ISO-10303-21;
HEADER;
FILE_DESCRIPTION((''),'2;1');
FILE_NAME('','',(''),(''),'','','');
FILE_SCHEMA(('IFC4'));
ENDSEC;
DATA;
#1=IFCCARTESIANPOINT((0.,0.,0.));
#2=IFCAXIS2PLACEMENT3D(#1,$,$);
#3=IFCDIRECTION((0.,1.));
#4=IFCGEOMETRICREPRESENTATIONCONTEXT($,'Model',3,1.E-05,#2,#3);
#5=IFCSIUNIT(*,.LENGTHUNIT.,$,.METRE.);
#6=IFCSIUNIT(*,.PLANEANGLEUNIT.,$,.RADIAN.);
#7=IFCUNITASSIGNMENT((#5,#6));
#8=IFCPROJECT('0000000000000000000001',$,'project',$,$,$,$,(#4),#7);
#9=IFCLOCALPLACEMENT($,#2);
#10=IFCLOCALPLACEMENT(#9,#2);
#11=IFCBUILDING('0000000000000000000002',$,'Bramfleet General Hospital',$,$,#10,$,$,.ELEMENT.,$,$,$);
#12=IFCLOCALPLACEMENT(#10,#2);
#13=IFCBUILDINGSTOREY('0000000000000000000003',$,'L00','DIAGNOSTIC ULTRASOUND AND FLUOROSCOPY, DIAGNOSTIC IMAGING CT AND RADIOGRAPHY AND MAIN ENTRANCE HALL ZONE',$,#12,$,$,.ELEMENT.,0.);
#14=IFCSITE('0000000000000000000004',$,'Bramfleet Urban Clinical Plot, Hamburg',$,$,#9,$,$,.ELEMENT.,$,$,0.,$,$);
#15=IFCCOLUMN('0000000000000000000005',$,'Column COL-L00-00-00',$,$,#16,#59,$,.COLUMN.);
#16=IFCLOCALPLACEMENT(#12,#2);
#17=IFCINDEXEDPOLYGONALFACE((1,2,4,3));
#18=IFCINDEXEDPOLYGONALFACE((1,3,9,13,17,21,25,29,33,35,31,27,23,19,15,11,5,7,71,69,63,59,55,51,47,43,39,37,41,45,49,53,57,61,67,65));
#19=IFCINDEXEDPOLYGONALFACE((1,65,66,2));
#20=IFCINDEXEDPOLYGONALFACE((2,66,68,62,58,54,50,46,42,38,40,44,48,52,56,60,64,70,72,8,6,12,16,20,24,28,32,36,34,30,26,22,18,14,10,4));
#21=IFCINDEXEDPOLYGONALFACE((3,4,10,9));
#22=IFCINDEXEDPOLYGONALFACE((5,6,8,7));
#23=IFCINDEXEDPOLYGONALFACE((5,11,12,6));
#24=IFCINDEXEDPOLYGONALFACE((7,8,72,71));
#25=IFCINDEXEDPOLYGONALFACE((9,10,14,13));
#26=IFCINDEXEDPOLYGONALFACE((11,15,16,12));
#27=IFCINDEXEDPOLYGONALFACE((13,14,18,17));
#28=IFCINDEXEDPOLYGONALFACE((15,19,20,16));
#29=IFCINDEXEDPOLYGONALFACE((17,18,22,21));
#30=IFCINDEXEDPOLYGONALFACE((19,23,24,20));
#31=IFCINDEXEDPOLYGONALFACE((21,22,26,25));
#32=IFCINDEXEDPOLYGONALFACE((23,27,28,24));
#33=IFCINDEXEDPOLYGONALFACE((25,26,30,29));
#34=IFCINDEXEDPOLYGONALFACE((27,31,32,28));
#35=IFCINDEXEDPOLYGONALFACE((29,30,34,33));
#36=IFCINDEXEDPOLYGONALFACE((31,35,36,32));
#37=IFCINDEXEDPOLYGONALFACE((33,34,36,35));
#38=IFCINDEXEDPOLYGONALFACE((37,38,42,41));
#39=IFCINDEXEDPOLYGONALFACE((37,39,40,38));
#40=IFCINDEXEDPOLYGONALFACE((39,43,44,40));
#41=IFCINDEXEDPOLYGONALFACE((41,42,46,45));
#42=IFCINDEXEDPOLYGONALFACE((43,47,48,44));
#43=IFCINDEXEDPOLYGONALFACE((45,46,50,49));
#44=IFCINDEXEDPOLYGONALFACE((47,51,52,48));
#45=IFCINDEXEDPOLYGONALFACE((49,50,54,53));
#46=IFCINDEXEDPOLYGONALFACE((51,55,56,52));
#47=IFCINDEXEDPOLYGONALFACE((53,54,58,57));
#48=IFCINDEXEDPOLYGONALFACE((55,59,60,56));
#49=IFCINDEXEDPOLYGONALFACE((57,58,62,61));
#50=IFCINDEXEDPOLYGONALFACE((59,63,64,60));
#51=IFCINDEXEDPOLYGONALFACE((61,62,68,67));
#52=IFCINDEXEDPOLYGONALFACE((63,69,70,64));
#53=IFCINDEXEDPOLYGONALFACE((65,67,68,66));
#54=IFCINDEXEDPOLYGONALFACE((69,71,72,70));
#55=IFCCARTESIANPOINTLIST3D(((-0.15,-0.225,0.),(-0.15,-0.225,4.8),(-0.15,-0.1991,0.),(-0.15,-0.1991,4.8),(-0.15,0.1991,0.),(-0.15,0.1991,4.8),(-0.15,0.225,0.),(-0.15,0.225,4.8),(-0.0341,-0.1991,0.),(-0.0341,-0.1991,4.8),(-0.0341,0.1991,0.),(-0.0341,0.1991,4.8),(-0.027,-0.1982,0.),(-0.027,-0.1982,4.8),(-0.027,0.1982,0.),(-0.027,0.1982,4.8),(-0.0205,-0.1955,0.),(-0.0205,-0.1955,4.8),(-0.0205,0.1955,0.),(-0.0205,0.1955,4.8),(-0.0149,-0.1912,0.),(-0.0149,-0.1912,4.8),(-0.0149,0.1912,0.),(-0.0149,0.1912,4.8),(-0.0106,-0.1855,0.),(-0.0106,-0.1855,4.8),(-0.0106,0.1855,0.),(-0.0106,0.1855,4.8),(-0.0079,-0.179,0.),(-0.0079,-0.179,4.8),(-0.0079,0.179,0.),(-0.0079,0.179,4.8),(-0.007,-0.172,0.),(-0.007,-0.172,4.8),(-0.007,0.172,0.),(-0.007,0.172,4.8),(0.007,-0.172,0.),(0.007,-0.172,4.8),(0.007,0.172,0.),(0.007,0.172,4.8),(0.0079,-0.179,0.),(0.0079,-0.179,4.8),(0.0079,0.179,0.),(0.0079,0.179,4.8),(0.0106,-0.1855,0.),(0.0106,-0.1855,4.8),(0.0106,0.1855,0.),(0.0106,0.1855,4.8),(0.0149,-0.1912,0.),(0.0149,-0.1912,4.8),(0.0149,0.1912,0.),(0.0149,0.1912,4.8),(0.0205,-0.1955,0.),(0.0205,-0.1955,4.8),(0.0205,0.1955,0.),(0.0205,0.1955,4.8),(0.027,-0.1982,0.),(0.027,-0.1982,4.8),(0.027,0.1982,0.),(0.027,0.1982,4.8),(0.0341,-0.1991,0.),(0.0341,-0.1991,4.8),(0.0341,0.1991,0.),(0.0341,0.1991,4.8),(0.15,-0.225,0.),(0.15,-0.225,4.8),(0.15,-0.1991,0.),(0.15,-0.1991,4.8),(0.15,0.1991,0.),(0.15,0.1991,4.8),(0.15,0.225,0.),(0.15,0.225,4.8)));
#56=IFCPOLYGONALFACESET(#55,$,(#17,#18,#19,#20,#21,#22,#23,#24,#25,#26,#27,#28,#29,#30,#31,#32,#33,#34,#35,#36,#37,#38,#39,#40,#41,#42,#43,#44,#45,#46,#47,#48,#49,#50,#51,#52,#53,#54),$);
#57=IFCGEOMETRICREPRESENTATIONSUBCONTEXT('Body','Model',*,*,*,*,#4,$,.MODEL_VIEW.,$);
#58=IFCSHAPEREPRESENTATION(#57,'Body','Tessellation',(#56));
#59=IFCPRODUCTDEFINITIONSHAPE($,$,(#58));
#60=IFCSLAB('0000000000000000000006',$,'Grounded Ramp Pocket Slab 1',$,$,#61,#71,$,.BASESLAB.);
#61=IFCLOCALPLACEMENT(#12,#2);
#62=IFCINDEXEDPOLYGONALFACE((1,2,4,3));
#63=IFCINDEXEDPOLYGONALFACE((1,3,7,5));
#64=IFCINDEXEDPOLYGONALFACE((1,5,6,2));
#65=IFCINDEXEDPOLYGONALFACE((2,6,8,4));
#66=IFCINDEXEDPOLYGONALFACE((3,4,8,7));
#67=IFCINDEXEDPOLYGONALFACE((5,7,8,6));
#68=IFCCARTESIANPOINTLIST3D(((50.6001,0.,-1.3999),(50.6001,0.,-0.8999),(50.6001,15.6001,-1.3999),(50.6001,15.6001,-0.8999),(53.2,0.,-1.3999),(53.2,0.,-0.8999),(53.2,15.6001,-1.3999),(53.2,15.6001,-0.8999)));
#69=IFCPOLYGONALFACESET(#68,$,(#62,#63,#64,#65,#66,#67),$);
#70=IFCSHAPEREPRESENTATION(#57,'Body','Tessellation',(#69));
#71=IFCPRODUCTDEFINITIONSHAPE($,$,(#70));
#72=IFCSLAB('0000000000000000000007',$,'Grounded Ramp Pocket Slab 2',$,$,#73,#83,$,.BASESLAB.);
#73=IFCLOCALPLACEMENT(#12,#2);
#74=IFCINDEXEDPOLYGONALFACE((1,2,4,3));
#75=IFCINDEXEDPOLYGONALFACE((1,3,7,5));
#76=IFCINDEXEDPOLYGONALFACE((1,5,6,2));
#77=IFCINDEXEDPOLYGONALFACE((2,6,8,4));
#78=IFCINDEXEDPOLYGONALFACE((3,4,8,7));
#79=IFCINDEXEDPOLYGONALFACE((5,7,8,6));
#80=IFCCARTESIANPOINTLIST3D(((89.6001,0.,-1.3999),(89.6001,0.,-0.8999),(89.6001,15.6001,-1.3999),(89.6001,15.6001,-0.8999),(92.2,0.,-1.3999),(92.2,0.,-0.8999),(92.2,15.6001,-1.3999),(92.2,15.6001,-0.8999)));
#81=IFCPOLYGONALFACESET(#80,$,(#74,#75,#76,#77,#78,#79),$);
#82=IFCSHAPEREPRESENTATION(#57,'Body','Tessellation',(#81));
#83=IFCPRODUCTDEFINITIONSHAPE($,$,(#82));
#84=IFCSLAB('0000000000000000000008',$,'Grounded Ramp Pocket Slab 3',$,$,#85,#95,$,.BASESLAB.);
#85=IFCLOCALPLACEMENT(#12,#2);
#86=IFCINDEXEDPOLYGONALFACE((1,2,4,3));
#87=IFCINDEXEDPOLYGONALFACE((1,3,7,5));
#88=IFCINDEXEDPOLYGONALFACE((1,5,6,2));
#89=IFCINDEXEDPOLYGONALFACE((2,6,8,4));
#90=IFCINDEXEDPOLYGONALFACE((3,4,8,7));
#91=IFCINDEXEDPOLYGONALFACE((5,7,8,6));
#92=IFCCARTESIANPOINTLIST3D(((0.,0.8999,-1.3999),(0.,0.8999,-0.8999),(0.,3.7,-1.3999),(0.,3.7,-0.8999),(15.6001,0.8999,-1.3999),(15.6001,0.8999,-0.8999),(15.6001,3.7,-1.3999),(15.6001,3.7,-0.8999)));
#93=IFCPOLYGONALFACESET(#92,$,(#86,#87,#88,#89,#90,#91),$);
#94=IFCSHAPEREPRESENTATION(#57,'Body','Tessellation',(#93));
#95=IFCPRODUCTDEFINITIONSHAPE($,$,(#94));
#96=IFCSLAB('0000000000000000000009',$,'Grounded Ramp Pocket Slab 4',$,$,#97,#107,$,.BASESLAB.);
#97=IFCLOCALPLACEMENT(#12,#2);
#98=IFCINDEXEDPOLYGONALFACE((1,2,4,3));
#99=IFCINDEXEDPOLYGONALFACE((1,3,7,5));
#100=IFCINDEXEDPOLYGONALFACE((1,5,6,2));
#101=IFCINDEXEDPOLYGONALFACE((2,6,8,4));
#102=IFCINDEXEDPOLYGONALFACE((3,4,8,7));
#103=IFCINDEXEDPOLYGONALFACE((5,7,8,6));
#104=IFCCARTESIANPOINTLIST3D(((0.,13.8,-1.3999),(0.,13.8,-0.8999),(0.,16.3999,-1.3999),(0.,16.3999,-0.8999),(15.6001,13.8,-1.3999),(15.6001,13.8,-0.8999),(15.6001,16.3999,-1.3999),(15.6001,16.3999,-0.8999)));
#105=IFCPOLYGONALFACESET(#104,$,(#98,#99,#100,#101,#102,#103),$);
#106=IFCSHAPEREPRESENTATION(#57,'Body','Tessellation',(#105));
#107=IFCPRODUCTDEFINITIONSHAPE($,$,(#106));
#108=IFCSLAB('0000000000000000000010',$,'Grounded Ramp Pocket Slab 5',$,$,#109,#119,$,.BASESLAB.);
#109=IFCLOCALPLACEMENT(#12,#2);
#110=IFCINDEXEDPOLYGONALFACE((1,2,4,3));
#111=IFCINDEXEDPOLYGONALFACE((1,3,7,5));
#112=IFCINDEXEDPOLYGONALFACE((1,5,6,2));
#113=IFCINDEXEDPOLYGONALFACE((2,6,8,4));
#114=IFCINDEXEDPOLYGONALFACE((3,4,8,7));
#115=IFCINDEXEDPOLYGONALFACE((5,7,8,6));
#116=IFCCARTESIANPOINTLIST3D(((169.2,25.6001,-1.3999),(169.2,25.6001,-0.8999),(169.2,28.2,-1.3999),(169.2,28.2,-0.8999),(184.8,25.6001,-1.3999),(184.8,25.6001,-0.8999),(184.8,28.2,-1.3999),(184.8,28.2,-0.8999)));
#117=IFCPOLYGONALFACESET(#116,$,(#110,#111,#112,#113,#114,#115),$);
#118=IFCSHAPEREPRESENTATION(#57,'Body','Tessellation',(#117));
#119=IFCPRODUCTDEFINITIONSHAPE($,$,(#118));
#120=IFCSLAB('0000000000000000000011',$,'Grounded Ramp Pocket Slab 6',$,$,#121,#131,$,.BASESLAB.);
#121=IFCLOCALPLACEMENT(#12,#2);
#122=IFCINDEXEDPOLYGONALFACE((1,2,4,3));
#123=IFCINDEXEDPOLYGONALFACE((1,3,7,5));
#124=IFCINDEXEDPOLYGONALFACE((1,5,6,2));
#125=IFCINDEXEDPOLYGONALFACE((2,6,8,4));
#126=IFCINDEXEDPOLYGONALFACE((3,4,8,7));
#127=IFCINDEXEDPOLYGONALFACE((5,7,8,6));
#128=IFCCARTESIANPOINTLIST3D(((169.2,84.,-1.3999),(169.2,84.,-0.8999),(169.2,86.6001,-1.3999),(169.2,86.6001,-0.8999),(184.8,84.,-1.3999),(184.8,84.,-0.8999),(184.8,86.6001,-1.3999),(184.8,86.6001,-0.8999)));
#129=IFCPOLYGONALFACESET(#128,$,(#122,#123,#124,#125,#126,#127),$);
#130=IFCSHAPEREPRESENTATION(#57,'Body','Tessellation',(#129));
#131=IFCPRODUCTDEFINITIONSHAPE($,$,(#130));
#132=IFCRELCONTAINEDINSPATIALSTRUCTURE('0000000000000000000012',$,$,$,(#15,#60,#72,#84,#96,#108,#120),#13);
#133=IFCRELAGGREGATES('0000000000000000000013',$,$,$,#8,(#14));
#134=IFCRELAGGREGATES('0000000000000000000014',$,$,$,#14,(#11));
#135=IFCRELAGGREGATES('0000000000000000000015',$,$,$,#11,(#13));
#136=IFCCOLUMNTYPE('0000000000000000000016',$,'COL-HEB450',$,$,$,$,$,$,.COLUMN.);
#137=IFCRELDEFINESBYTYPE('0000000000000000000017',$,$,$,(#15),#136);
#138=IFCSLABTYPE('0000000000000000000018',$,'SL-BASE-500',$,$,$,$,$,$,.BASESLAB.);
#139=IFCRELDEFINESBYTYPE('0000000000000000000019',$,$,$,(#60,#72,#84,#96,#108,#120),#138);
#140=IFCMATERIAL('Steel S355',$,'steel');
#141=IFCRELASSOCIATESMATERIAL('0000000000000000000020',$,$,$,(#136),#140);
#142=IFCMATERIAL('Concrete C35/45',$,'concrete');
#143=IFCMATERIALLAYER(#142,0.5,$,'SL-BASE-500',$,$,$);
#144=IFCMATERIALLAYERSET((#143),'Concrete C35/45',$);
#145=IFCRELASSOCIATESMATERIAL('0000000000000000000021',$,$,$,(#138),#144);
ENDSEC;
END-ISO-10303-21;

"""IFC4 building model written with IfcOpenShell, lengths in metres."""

from ifc_helpers import new_model, si_unit, direction, frame, origin, origin_with_axes, origin_2d, place, context, subcontext, project, spatial, polyline, i_section, outline, extrude, material, layer, layer_set, material_profile, profile_set, type_object, element, save


model = new_model("IFC4")

# Units and contexts
model_context = context("Model", 3, precision=1e-05, world=origin(), true_north=direction((0.0, 1.0)))
body_context = subcontext(model_context, "Body", "Model", "MODEL_VIEW")
ifc_project = project(units=[si_unit("LENGTHUNIT", "METRE"), si_unit("PLANEANGLEUNIT", "RADIAN")], contexts=[model_context])

# Site, building, storey
site_placement = place(None, origin())
site = spatial("IfcSite", under=ifc_project, at=site_placement, Name="Bramfleet Urban Clinical Plot, Hamburg", CompositionType="ELEMENT", RefElevation=0.0)
building_placement = place(site_placement, origin())
building = spatial("IfcBuilding", under=site, at=building_placement, Name="Bramfleet General Hospital", CompositionType="ELEMENT")
storey_placement = place(building_placement, origin())
storey = spatial("IfcBuildingStorey", under=building, at=storey_placement, Name="L00", Description="DIAGNOSTIC ULTRASOUND AND FLUOROSCOPY, DIAGNOSTIC IMAGING CT AND RADIOGRAPHY AND MAIN ENTRANCE HALL ZONE", CompositionType="ELEMENT", Elevation=0.0)

# Column
ifc_material_1 = material(Name="Steel S355", Category="steel")
ifc_material_profile = material_profile(ifc_material_1, i_section(OverallWidth=0.3, OverallDepth=0.45, WebThickness=0.0139, FlangeThickness=0.0259, FilletRadius=0.0271, at=origin_2d()), Name="HEB 450")
ifc_profile_set = profile_set([ifc_material_profile], Name="Steel S355")
column_type = type_object("IfcColumnType", Name="COL-HEB450", PredefinedType="COLUMN", material=ifc_profile_set)
column_placement = place(storey_placement, origin_with_axes())
element("IfcColumn", 1, at=column_placement, inside=storey, type_object=column_type, Name="Column COL-L00-00-00", PredefinedType="COLUMN", context=body_context, shape_type="SweptSolid", body=[
    extrude(i_section(OverallWidth=0.3, OverallDepth=0.45, WebThickness=0.0139, FlangeThickness=0.0259, FilletRadius=0.0271, at=origin_2d()), origin(), (0.0, 0.0, 1.0), 4.8),
])

# Slabs
ifc_material_2 = material(Name="Concrete C35/45", Category="concrete")
ifc_layer_1 = layer(ifc_material_2, 0.5, Name="SL-BASE-500")
ifc_layer_set_1 = layer_set([ifc_layer_1], Name="Concrete C35/45")
slab_type_1 = type_object("IfcSlabType", Name="SL-BASE-500", PredefinedType="BASESLAB", material=ifc_layer_set_1)
slab_1_placement = place(storey_placement, frame((0.0, 0.0, -1.3999)))
element("IfcSlab", 2, at=slab_1_placement, inside=storey, type_object=slab_type_1, Name="Grounded Ramp Pocket Slab 1", PredefinedType="BASESLAB", context=body_context, shape_type="SweptSolid", body=[
    extrude(outline(polyline([(50.6001, 0.0), (53.2, 0.0), (53.2, 15.6001), (50.6001, 15.6001), (50.6001, 0.0)])), origin(), (0.0, 0.0, 1.0), 0.5),
])
slab_2_placement = place(storey_placement, frame((0.0, 0.0, -1.3999)))
element("IfcSlab", 3, at=slab_2_placement, inside=storey, type_object=slab_type_1, Name="Grounded Ramp Pocket Slab 2", PredefinedType="BASESLAB", context=body_context, shape_type="SweptSolid", body=[
    extrude(outline(polyline([(89.6001, 0.0), (92.2, 0.0), (92.2, 15.6001), (89.6001, 15.6001), (89.6001, 0.0)])), origin(), (0.0, 0.0, 1.0), 0.5),
])
slab_3_placement = place(storey_placement, frame((0.0, 0.0, -1.3999)))
element("IfcSlab", 4, at=slab_3_placement, inside=storey, type_object=slab_type_1, Name="Grounded Ramp Pocket Slab 3", PredefinedType="BASESLAB", context=body_context, shape_type="SweptSolid", body=[
    extrude(outline(polyline([(0.0, 0.8999), (15.6001, 0.8999), (15.6001, 3.7), (0.0, 3.7), (0.0, 0.8999)])), origin(), (0.0, 0.0, 1.0), 0.5),
])
slab_4_placement = place(storey_placement, frame((0.0, 0.0, -1.3999)))
element("IfcSlab", 5, at=slab_4_placement, inside=storey, type_object=slab_type_1, Name="Grounded Ramp Pocket Slab 4", PredefinedType="BASESLAB", context=body_context, shape_type="SweptSolid", body=[
    extrude(outline(polyline([(0.0, 13.8), (15.6001, 13.8), (15.6001, 16.3999), (0.0, 16.3999), (0.0, 13.8)])), origin(), (0.0, 0.0, 1.0), 0.5),
])
slab_5_placement = place(storey_placement, frame((0.0, 0.0, -1.3999)))
element("IfcSlab", 6, at=slab_5_placement, inside=storey, type_object=slab_type_1, Name="Grounded Ramp Pocket Slab 5", PredefinedType="BASESLAB", context=body_context, shape_type="SweptSolid", body=[
    extrude(outline(polyline([(169.2, 25.6001), (184.8, 25.6001), (184.8, 28.2), (169.2, 28.2), (169.2, 25.6001)])), origin(), (0.0, 0.0, 1.0), 0.5),
])
slab_6_placement = place(storey_placement, frame((0.0, 0.0, -1.3999)))
element("IfcSlab", 7, at=slab_6_placement, inside=storey, type_object=slab_type_1, Name="Grounded Ramp Pocket Slab 6", PredefinedType="BASESLAB", context=body_context, shape_type="SweptSolid", body=[
    extrude(outline(polyline([(169.2, 84.0), (184.8, 84.0), (184.8, 86.6001), (169.2, 86.6001), (169.2, 84.0)])), origin(), (0.0, 0.0, 1.0), 0.5),
])

save(model, "model.ifc")
